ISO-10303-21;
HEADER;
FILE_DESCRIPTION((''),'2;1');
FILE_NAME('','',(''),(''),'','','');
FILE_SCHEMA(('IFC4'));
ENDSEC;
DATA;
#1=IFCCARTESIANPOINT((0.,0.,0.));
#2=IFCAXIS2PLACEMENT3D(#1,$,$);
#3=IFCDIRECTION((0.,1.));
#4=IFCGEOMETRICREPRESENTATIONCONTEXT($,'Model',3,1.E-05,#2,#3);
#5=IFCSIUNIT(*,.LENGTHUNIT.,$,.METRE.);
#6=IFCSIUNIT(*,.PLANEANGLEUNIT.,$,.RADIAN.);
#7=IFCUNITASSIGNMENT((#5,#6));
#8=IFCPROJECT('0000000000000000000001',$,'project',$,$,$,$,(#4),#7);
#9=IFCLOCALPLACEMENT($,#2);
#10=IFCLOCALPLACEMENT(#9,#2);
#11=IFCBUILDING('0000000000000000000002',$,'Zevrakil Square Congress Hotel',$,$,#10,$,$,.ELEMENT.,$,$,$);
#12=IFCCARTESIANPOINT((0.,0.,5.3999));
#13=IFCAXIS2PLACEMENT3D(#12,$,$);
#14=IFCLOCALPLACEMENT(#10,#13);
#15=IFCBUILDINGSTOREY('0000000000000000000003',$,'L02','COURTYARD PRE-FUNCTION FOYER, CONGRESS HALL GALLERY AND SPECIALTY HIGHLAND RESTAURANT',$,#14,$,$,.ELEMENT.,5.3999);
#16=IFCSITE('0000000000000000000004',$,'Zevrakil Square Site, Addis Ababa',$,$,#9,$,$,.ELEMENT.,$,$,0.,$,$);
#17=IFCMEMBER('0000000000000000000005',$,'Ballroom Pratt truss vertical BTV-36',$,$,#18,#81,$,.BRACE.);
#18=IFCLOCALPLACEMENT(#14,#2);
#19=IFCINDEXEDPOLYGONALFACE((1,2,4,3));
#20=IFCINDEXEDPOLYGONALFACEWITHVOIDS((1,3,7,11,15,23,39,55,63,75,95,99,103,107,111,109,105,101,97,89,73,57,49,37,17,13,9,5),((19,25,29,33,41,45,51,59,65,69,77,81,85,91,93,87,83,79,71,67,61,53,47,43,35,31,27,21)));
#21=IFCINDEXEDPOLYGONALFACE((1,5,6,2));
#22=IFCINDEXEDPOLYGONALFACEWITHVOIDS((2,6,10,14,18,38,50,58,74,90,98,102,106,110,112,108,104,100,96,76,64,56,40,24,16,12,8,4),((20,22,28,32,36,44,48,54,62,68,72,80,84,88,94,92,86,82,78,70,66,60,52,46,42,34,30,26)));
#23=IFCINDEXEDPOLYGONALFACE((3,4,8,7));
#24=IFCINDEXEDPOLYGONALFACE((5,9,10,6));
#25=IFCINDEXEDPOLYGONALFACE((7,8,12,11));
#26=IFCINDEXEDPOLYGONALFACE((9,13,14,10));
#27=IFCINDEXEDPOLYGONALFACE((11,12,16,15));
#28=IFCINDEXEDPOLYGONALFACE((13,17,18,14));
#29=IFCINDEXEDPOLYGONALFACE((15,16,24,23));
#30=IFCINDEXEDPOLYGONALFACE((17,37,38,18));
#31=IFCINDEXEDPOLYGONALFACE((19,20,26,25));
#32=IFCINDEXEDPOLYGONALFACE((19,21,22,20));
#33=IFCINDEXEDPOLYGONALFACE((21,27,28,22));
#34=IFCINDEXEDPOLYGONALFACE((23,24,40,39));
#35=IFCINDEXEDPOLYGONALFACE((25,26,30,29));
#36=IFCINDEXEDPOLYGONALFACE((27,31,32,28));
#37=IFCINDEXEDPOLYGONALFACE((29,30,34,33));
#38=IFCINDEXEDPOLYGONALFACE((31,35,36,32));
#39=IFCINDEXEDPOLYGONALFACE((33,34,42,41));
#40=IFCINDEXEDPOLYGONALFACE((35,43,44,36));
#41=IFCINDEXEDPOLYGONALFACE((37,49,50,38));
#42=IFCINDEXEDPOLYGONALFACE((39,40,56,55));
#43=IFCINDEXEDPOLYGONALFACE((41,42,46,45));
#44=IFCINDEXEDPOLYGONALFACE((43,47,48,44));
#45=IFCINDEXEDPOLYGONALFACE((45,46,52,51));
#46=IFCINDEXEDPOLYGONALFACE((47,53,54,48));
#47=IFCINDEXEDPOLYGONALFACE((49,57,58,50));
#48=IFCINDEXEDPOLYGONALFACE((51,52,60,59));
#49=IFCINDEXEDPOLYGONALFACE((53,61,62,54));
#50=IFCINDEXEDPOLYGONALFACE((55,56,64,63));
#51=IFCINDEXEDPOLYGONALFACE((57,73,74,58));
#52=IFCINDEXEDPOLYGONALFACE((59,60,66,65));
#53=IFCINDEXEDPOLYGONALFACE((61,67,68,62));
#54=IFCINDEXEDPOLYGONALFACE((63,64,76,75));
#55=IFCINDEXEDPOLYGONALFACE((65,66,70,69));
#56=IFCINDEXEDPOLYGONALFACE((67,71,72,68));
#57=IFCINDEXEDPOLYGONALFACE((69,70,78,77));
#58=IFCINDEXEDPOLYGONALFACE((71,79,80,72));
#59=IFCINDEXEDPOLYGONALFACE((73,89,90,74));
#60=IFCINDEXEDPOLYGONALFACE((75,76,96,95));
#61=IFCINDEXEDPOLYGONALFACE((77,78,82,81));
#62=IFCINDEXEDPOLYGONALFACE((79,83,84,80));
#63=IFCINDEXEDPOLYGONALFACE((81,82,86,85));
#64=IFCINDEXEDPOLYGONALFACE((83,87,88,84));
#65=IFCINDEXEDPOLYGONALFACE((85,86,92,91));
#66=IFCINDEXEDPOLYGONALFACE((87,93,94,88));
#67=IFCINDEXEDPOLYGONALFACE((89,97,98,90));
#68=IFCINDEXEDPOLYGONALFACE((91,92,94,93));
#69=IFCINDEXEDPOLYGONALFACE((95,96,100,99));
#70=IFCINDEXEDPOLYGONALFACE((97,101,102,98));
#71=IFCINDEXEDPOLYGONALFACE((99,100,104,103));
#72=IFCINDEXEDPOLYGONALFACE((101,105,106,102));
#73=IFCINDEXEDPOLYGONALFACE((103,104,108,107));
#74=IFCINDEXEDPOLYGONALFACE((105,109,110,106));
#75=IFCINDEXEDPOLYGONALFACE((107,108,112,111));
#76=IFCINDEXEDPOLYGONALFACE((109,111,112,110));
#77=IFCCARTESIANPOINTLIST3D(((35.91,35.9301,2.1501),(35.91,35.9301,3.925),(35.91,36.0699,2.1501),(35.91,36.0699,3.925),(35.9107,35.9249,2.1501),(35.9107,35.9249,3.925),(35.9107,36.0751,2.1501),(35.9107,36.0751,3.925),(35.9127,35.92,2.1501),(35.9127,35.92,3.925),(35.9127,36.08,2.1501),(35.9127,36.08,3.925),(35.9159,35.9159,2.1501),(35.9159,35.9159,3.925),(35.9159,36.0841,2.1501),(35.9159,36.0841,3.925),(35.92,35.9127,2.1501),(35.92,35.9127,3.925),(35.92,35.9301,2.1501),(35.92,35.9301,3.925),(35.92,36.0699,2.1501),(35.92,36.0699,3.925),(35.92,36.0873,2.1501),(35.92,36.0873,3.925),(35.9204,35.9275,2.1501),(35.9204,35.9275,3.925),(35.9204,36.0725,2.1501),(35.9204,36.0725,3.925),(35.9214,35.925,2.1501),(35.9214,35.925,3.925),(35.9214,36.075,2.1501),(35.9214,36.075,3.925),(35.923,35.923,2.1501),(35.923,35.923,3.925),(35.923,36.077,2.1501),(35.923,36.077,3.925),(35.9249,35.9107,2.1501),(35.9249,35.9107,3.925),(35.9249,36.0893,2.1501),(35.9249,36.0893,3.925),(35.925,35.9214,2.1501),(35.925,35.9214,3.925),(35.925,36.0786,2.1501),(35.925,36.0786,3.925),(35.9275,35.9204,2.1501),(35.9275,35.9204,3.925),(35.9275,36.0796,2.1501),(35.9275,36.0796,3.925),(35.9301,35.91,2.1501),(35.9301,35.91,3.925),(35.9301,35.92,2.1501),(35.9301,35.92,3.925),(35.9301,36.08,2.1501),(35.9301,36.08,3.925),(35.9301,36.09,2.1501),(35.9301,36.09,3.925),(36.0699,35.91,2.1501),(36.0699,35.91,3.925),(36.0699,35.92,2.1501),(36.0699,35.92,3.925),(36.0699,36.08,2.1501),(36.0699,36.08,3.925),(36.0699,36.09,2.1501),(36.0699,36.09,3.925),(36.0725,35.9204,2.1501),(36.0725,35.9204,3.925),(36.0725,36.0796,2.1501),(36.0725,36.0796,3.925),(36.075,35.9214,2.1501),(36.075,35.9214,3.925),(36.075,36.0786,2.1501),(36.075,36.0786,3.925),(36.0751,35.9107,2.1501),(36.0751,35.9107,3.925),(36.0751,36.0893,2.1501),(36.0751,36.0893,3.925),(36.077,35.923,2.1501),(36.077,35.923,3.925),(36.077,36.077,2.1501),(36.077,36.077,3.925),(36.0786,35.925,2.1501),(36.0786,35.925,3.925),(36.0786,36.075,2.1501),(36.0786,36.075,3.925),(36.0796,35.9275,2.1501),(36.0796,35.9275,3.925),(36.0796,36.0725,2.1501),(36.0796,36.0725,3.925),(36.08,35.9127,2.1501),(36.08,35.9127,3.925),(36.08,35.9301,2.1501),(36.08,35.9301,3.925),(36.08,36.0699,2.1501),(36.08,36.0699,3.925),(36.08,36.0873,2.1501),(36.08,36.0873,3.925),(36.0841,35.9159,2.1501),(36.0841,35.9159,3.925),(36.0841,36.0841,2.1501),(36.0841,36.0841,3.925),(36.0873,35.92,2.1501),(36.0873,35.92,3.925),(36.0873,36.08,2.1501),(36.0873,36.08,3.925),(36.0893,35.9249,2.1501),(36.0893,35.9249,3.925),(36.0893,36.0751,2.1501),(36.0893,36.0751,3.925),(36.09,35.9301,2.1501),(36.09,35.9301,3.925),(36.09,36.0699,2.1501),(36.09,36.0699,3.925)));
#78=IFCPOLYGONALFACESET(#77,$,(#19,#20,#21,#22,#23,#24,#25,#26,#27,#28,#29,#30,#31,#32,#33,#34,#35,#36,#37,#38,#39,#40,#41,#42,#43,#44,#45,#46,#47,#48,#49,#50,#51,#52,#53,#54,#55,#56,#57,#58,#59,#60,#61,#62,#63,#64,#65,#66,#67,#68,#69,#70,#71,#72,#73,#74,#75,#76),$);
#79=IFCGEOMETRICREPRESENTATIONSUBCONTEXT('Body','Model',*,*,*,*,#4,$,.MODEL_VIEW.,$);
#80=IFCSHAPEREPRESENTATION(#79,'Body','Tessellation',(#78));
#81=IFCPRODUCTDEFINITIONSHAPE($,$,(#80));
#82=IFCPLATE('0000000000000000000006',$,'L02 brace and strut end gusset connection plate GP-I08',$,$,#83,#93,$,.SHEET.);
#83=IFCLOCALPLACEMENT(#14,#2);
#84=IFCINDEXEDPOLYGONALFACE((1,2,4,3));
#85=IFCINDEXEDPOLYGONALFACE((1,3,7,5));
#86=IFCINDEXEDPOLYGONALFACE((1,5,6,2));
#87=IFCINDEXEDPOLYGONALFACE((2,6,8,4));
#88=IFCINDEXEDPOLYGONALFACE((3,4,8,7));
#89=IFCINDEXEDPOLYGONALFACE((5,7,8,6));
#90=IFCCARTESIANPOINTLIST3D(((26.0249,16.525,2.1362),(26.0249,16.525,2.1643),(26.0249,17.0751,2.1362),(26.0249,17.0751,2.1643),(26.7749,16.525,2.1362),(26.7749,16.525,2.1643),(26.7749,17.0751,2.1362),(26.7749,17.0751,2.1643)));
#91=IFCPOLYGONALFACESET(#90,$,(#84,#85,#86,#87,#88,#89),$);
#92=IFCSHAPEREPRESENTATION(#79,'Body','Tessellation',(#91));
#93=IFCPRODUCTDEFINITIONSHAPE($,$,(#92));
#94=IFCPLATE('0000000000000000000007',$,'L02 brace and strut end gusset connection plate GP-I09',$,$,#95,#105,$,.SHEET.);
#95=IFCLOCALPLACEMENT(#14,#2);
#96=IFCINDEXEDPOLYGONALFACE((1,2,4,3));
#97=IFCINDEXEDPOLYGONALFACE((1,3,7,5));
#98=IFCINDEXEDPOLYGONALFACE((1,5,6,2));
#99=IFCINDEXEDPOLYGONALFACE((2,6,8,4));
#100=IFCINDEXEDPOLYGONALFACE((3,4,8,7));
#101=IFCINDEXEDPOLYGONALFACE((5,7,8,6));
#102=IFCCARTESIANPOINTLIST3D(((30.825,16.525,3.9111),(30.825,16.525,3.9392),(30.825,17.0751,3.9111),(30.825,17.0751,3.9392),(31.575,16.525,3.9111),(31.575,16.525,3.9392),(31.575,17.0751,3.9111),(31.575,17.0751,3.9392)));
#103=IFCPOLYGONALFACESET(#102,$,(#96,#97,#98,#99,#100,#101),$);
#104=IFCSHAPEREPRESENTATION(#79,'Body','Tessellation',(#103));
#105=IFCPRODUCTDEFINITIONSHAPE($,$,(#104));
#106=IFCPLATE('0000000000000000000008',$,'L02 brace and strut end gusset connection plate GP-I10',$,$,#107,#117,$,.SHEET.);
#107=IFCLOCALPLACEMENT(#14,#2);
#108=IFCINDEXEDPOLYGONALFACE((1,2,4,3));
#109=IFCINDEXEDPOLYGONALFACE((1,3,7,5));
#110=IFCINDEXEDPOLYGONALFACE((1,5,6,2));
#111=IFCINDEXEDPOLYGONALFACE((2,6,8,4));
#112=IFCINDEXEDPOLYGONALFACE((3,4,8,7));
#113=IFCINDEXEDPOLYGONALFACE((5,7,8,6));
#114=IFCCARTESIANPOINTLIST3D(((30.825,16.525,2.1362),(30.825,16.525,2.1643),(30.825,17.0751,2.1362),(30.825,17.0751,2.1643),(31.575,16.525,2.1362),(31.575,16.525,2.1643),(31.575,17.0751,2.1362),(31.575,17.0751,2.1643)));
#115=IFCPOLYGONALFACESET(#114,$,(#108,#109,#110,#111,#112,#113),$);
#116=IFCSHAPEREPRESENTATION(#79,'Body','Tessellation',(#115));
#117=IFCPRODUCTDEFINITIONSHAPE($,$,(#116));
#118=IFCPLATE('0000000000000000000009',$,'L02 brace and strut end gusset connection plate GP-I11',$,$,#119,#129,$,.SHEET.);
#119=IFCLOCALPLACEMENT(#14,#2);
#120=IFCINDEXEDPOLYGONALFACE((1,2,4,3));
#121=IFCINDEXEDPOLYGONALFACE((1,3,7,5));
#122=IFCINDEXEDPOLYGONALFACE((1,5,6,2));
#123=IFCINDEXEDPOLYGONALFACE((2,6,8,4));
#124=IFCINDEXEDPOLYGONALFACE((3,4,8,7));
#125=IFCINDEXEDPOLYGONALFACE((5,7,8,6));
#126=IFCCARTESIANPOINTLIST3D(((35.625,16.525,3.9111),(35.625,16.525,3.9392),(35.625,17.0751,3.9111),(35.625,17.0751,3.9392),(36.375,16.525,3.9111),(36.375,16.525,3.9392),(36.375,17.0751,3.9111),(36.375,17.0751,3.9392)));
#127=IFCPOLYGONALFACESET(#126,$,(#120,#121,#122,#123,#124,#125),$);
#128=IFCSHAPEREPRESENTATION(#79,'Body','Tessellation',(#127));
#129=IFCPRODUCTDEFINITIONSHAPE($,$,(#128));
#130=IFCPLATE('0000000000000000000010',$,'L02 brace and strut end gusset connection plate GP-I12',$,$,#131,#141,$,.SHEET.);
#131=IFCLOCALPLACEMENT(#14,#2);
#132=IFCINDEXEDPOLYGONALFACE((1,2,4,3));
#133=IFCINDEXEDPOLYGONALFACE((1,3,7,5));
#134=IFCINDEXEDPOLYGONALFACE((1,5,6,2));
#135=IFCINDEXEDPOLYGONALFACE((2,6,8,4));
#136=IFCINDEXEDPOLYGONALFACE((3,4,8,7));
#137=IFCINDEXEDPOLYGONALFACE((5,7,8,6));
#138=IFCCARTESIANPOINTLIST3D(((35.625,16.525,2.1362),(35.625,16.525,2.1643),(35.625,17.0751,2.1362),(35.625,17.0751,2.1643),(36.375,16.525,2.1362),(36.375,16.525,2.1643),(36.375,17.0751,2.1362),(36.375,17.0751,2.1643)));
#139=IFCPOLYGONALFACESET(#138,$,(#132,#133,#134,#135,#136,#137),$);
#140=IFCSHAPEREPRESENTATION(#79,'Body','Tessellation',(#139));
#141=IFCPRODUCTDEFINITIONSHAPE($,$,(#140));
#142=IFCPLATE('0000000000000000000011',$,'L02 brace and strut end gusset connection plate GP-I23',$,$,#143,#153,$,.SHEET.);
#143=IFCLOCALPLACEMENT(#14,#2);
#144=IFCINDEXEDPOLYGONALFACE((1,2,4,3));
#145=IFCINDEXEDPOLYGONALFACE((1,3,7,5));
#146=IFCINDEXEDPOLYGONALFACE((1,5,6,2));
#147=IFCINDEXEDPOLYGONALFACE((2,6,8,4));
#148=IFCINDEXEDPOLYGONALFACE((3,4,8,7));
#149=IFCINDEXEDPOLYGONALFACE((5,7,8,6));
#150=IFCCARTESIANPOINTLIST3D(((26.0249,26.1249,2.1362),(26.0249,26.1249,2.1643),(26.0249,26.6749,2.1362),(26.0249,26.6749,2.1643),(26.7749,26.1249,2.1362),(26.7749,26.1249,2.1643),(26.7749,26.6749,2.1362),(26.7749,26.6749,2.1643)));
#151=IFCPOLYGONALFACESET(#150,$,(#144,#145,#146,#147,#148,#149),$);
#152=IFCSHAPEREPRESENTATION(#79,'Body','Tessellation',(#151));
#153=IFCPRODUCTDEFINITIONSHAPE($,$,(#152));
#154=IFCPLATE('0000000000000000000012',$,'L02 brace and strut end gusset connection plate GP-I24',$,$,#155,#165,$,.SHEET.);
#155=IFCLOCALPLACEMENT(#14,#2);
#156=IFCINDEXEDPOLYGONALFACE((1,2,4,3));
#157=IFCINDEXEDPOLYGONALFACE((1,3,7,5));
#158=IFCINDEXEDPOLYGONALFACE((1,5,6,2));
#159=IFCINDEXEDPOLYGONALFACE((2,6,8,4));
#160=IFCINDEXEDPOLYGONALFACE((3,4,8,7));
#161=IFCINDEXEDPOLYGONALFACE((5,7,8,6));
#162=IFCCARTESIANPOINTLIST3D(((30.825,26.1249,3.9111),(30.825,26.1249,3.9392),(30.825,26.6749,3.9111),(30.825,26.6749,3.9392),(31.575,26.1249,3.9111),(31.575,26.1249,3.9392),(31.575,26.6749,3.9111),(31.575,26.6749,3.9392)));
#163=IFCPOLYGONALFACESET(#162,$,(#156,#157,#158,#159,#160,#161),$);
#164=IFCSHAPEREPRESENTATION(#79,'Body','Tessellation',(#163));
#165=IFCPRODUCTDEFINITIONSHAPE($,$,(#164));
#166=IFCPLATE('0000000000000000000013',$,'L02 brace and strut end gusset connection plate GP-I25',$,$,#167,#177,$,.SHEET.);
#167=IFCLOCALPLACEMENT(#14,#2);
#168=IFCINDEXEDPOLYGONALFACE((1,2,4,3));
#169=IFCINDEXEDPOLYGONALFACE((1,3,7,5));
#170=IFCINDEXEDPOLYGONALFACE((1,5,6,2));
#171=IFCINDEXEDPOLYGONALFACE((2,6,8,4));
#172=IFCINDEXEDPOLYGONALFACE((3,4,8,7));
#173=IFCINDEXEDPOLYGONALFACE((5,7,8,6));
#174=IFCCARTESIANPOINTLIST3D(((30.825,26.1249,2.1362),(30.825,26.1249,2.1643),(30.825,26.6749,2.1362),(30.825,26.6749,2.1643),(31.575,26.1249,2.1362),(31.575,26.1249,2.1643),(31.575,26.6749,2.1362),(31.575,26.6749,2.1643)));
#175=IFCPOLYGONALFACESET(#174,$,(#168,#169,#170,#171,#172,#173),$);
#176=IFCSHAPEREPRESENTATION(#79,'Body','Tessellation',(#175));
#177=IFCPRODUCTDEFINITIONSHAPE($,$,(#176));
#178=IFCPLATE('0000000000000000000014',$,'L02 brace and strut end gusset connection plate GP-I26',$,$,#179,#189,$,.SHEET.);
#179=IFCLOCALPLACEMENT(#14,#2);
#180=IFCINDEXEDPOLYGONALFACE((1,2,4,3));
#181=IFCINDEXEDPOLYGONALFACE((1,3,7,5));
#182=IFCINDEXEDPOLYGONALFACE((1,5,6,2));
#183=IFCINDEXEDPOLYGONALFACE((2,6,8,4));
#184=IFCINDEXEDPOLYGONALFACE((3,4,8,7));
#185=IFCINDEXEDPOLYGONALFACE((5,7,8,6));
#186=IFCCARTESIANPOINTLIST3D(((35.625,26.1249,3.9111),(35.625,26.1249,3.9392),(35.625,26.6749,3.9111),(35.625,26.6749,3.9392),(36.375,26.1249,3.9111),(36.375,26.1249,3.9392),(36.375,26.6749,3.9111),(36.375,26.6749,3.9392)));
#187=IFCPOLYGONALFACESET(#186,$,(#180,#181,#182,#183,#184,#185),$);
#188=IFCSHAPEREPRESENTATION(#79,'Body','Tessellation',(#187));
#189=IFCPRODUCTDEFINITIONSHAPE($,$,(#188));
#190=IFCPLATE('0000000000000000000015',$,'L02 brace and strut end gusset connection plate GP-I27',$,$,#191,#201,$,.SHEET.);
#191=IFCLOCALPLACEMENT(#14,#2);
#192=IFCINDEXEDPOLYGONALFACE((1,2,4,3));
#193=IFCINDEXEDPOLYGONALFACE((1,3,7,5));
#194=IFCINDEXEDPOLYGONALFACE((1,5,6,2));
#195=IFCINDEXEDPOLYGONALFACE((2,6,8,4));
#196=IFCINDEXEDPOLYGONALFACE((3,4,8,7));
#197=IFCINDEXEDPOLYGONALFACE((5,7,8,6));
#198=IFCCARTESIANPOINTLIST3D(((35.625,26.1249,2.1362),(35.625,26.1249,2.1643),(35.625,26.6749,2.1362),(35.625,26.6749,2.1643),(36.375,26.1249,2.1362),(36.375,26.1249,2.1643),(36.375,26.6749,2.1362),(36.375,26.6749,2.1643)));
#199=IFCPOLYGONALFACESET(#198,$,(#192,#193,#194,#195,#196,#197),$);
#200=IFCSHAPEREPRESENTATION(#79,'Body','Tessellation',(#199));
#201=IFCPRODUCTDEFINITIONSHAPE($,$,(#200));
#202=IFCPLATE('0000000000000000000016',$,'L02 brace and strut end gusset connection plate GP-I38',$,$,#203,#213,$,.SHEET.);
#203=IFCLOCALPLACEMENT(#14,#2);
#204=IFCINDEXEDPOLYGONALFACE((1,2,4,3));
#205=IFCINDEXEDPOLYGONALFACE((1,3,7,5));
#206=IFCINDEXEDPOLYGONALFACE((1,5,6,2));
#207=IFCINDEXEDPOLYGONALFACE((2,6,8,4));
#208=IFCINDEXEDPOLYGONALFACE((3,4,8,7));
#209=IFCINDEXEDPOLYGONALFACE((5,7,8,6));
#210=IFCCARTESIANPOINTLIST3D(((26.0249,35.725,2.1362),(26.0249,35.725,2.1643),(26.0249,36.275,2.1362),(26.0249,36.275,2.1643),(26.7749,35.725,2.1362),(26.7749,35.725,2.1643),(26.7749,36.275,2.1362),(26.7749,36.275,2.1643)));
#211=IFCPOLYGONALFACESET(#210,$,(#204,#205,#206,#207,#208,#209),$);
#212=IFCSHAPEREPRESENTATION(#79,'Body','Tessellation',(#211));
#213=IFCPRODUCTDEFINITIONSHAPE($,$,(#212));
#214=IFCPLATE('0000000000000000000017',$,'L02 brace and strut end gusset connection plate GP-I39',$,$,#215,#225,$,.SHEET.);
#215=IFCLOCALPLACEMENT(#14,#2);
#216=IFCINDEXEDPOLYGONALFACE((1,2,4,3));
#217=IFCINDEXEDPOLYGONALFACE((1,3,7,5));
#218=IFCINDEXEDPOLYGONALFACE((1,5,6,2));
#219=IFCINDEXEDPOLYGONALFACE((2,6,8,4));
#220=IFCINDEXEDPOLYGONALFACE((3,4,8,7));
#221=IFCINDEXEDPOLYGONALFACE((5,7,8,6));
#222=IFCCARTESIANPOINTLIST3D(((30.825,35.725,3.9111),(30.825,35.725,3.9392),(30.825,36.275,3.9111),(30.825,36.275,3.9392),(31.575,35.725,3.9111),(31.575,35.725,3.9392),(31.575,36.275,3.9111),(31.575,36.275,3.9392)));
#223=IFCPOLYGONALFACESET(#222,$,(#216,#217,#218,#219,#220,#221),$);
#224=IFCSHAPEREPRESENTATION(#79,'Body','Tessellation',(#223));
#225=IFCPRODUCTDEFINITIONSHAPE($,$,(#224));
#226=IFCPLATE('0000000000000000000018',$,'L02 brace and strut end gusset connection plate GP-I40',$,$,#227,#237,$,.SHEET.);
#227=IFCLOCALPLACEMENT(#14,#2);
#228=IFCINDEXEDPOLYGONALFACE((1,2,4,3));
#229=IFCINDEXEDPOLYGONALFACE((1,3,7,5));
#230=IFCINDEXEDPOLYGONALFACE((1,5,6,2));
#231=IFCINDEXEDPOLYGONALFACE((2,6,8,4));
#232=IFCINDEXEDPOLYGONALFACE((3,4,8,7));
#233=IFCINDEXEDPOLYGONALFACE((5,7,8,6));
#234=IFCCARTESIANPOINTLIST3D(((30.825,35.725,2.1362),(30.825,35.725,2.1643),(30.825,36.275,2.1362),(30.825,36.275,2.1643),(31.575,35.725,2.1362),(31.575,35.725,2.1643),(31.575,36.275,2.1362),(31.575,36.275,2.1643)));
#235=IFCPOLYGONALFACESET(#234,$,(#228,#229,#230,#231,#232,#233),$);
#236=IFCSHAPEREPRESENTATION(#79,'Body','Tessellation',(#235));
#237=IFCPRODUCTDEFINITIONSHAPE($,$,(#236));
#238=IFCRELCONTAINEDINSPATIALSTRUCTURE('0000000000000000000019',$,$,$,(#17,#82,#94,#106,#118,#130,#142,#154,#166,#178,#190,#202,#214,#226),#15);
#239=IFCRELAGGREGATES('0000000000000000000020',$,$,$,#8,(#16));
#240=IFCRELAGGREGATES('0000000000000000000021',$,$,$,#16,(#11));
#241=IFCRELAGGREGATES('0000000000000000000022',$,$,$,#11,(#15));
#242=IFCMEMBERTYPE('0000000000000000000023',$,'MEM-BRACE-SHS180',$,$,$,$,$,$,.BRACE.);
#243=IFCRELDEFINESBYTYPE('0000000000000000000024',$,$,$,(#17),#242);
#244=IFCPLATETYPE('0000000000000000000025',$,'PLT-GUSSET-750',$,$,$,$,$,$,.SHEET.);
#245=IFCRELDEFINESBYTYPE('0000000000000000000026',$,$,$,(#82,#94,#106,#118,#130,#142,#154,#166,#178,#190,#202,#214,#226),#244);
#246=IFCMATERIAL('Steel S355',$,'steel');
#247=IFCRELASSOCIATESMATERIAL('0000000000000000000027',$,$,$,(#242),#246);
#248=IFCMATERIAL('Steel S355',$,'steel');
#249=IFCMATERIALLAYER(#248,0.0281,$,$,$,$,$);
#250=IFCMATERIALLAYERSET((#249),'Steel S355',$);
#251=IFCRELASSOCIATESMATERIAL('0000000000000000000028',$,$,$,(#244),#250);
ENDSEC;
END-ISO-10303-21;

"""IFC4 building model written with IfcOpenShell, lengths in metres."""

from ifc_helpers import new_model, si_unit, direction, frame, origin, origin_2d, place, context, subcontext, project, spatial, rectangle, hollow_rectangle, extrude, material, layer, layer_set, material_profile, profile_set, type_object, element, save


model = new_model("IFC4")

# Units and contexts
model_context = context("Model", 3, precision=1e-05, world=origin(), true_north=direction((0.0, 1.0)))
body_context = subcontext(model_context, "Body", "Model", "MODEL_VIEW")
ifc_project = project(units=[si_unit("LENGTHUNIT", "METRE"), si_unit("PLANEANGLEUNIT", "RADIAN")], contexts=[model_context])

# Site, building, storey
site_placement = place(None, origin())
site = spatial("IfcSite", under=ifc_project, at=site_placement, Name="Zevrakil Square Site, Addis Ababa", CompositionType="ELEMENT", RefElevation=0.0)
building_placement = place(site_placement, origin())
building = spatial("IfcBuilding", under=site, at=building_placement, Name="Zevrakil Square Congress Hotel", CompositionType="ELEMENT")
storey_placement = place(building_placement, frame((0.0, 0.0, 5.3999)))
storey = spatial("IfcBuildingStorey", under=building, at=storey_placement, Name="L02", Description="COURTYARD PRE-FUNCTION FOYER, CONGRESS HALL GALLERY AND SPECIALTY HIGHLAND RESTAURANT", CompositionType="ELEMENT", Elevation=5.3999)

# Member
ifc_material_1 = material(Name="Steel S355", Category="steel")
ifc_material_profile_1 = material_profile(ifc_material_1, hollow_rectangle(XDim=0.1799, YDim=0.1799, WallThickness=0.01, InnerFilletRadius=0.01, OuterFilletRadius=0.02, at=origin_2d()), Name="SHS 180x180x10")
ifc_profile_set_1 = profile_set([ifc_material_profile_1], Name="Steel S355")
member_type_1 = type_object("IfcMemberType", Name="MEM-BRACE-SHS180", PredefinedType="BRACE", material=ifc_profile_set_1)
for number, where, z_axis, x_axis, name in (
    (1, (36.0, 36.0, 2.1501), (0.0, 0.0, 1.0), (1.0, 0.0, 0.0), "Ballroom Pratt truss vertical BTV-36"),
):
    element("IfcMember", number, at=place(storey_placement, frame(where, z_axis=z_axis, x_axis=x_axis)), inside=storey, type_object=member_type_1, Name=name, PredefinedType="BRACE", context=body_context, shape_type="SweptSolid", body=[
        extrude(hollow_rectangle(XDim=0.1799, YDim=0.1799, WallThickness=0.01, InnerFilletRadius=0.01, OuterFilletRadius=0.02, at=origin_2d()), origin(), (0.0, 0.0, 1.0), 1.7749),
    ])

# Plates
ifc_material_2 = material(Name="Steel S355", Category="steel")
ifc_layer = layer(ifc_material_2, 0.0281)
ifc_layer_set = layer_set([ifc_layer], Name="Steel S355")
plate_type = type_object("IfcPlateType", Name="PLT-GUSSET-750", PredefinedType="SHEET", material=ifc_layer_set)
for number, where, z_axis, x_axis, name in (
    (2, (26.3999, 16.8, 2.1362), (0.0, 0.0, 1.0), (1.0, 0.0, 0.0), "L02 brace and strut end gusset connection plate GP-I08"),
    (3, (31.2, 16.8, 3.9111), (0.0, 0.0, 1.0), (1.0, 0.0, 0.0), "L02 brace and strut end gusset connection plate GP-I09"),
    (4, (31.2, 16.8, 2.1362), (0.0, 0.0, 1.0), (1.0, 0.0, 0.0), "L02 brace and strut end gusset connection plate GP-I10"),
    (5, (36.0, 16.8, 3.9111), (0.0, 0.0, 1.0), (1.0, 0.0, 0.0), "L02 brace and strut end gusset connection plate GP-I11"),
    (6, (36.0, 16.8, 2.1362), (0.0, 0.0, 1.0), (1.0, 0.0, 0.0), "L02 brace and strut end gusset connection plate GP-I12"),
    (7, (26.3999, 26.3999, 2.1362), (0.0, 0.0, 1.0), (1.0, 0.0, 0.0), "L02 brace and strut end gusset connection plate GP-I23"),
    (8, (31.2, 26.3999, 3.9111), (0.0, 0.0, 1.0), (1.0, 0.0, 0.0), "L02 brace and strut end gusset connection plate GP-I24"),
    (9, (31.2, 26.3999, 2.1362), (0.0, 0.0, 1.0), (1.0, 0.0, 0.0), "L02 brace and strut end gusset connection plate GP-I25"),
    (10, (36.0, 26.3999, 3.9111), (0.0, 0.0, 1.0), (1.0, 0.0, 0.0), "L02 brace and strut end gusset connection plate GP-I26"),
    (11, (36.0, 26.3999, 2.1362), (0.0, 0.0, 1.0), (1.0, 0.0, 0.0), "L02 brace and strut end gusset connection plate GP-I27"),
    (12, (26.3999, 36.0, 2.1362), (0.0, 0.0, 1.0), (1.0, 0.0, 0.0), "L02 brace and strut end gusset connection plate GP-I38"),
    (13, (31.2, 36.0, 3.9111), (0.0, 0.0, 1.0), (1.0, 0.0, 0.0), "L02 brace and strut end gusset connection plate GP-I39"),
    (14, (31.2, 36.0, 2.1362), (0.0, 0.0, 1.0), (1.0, 0.0, 0.0), "L02 brace and strut end gusset connection plate GP-I40"),
):
    element("IfcPlate", number, at=place(storey_placement, frame(where, z_axis=z_axis, x_axis=x_axis)), inside=storey, type_object=plate_type, Name=name, PredefinedType="SHEET", context=body_context, shape_type="SweptSolid", body=[
        extrude(rectangle(XDim=0.75, YDim=0.55, at=origin_2d()), origin(), (0.0, 0.0, 1.0), 0.0281),
    ])

save(model, "model.ifc")
